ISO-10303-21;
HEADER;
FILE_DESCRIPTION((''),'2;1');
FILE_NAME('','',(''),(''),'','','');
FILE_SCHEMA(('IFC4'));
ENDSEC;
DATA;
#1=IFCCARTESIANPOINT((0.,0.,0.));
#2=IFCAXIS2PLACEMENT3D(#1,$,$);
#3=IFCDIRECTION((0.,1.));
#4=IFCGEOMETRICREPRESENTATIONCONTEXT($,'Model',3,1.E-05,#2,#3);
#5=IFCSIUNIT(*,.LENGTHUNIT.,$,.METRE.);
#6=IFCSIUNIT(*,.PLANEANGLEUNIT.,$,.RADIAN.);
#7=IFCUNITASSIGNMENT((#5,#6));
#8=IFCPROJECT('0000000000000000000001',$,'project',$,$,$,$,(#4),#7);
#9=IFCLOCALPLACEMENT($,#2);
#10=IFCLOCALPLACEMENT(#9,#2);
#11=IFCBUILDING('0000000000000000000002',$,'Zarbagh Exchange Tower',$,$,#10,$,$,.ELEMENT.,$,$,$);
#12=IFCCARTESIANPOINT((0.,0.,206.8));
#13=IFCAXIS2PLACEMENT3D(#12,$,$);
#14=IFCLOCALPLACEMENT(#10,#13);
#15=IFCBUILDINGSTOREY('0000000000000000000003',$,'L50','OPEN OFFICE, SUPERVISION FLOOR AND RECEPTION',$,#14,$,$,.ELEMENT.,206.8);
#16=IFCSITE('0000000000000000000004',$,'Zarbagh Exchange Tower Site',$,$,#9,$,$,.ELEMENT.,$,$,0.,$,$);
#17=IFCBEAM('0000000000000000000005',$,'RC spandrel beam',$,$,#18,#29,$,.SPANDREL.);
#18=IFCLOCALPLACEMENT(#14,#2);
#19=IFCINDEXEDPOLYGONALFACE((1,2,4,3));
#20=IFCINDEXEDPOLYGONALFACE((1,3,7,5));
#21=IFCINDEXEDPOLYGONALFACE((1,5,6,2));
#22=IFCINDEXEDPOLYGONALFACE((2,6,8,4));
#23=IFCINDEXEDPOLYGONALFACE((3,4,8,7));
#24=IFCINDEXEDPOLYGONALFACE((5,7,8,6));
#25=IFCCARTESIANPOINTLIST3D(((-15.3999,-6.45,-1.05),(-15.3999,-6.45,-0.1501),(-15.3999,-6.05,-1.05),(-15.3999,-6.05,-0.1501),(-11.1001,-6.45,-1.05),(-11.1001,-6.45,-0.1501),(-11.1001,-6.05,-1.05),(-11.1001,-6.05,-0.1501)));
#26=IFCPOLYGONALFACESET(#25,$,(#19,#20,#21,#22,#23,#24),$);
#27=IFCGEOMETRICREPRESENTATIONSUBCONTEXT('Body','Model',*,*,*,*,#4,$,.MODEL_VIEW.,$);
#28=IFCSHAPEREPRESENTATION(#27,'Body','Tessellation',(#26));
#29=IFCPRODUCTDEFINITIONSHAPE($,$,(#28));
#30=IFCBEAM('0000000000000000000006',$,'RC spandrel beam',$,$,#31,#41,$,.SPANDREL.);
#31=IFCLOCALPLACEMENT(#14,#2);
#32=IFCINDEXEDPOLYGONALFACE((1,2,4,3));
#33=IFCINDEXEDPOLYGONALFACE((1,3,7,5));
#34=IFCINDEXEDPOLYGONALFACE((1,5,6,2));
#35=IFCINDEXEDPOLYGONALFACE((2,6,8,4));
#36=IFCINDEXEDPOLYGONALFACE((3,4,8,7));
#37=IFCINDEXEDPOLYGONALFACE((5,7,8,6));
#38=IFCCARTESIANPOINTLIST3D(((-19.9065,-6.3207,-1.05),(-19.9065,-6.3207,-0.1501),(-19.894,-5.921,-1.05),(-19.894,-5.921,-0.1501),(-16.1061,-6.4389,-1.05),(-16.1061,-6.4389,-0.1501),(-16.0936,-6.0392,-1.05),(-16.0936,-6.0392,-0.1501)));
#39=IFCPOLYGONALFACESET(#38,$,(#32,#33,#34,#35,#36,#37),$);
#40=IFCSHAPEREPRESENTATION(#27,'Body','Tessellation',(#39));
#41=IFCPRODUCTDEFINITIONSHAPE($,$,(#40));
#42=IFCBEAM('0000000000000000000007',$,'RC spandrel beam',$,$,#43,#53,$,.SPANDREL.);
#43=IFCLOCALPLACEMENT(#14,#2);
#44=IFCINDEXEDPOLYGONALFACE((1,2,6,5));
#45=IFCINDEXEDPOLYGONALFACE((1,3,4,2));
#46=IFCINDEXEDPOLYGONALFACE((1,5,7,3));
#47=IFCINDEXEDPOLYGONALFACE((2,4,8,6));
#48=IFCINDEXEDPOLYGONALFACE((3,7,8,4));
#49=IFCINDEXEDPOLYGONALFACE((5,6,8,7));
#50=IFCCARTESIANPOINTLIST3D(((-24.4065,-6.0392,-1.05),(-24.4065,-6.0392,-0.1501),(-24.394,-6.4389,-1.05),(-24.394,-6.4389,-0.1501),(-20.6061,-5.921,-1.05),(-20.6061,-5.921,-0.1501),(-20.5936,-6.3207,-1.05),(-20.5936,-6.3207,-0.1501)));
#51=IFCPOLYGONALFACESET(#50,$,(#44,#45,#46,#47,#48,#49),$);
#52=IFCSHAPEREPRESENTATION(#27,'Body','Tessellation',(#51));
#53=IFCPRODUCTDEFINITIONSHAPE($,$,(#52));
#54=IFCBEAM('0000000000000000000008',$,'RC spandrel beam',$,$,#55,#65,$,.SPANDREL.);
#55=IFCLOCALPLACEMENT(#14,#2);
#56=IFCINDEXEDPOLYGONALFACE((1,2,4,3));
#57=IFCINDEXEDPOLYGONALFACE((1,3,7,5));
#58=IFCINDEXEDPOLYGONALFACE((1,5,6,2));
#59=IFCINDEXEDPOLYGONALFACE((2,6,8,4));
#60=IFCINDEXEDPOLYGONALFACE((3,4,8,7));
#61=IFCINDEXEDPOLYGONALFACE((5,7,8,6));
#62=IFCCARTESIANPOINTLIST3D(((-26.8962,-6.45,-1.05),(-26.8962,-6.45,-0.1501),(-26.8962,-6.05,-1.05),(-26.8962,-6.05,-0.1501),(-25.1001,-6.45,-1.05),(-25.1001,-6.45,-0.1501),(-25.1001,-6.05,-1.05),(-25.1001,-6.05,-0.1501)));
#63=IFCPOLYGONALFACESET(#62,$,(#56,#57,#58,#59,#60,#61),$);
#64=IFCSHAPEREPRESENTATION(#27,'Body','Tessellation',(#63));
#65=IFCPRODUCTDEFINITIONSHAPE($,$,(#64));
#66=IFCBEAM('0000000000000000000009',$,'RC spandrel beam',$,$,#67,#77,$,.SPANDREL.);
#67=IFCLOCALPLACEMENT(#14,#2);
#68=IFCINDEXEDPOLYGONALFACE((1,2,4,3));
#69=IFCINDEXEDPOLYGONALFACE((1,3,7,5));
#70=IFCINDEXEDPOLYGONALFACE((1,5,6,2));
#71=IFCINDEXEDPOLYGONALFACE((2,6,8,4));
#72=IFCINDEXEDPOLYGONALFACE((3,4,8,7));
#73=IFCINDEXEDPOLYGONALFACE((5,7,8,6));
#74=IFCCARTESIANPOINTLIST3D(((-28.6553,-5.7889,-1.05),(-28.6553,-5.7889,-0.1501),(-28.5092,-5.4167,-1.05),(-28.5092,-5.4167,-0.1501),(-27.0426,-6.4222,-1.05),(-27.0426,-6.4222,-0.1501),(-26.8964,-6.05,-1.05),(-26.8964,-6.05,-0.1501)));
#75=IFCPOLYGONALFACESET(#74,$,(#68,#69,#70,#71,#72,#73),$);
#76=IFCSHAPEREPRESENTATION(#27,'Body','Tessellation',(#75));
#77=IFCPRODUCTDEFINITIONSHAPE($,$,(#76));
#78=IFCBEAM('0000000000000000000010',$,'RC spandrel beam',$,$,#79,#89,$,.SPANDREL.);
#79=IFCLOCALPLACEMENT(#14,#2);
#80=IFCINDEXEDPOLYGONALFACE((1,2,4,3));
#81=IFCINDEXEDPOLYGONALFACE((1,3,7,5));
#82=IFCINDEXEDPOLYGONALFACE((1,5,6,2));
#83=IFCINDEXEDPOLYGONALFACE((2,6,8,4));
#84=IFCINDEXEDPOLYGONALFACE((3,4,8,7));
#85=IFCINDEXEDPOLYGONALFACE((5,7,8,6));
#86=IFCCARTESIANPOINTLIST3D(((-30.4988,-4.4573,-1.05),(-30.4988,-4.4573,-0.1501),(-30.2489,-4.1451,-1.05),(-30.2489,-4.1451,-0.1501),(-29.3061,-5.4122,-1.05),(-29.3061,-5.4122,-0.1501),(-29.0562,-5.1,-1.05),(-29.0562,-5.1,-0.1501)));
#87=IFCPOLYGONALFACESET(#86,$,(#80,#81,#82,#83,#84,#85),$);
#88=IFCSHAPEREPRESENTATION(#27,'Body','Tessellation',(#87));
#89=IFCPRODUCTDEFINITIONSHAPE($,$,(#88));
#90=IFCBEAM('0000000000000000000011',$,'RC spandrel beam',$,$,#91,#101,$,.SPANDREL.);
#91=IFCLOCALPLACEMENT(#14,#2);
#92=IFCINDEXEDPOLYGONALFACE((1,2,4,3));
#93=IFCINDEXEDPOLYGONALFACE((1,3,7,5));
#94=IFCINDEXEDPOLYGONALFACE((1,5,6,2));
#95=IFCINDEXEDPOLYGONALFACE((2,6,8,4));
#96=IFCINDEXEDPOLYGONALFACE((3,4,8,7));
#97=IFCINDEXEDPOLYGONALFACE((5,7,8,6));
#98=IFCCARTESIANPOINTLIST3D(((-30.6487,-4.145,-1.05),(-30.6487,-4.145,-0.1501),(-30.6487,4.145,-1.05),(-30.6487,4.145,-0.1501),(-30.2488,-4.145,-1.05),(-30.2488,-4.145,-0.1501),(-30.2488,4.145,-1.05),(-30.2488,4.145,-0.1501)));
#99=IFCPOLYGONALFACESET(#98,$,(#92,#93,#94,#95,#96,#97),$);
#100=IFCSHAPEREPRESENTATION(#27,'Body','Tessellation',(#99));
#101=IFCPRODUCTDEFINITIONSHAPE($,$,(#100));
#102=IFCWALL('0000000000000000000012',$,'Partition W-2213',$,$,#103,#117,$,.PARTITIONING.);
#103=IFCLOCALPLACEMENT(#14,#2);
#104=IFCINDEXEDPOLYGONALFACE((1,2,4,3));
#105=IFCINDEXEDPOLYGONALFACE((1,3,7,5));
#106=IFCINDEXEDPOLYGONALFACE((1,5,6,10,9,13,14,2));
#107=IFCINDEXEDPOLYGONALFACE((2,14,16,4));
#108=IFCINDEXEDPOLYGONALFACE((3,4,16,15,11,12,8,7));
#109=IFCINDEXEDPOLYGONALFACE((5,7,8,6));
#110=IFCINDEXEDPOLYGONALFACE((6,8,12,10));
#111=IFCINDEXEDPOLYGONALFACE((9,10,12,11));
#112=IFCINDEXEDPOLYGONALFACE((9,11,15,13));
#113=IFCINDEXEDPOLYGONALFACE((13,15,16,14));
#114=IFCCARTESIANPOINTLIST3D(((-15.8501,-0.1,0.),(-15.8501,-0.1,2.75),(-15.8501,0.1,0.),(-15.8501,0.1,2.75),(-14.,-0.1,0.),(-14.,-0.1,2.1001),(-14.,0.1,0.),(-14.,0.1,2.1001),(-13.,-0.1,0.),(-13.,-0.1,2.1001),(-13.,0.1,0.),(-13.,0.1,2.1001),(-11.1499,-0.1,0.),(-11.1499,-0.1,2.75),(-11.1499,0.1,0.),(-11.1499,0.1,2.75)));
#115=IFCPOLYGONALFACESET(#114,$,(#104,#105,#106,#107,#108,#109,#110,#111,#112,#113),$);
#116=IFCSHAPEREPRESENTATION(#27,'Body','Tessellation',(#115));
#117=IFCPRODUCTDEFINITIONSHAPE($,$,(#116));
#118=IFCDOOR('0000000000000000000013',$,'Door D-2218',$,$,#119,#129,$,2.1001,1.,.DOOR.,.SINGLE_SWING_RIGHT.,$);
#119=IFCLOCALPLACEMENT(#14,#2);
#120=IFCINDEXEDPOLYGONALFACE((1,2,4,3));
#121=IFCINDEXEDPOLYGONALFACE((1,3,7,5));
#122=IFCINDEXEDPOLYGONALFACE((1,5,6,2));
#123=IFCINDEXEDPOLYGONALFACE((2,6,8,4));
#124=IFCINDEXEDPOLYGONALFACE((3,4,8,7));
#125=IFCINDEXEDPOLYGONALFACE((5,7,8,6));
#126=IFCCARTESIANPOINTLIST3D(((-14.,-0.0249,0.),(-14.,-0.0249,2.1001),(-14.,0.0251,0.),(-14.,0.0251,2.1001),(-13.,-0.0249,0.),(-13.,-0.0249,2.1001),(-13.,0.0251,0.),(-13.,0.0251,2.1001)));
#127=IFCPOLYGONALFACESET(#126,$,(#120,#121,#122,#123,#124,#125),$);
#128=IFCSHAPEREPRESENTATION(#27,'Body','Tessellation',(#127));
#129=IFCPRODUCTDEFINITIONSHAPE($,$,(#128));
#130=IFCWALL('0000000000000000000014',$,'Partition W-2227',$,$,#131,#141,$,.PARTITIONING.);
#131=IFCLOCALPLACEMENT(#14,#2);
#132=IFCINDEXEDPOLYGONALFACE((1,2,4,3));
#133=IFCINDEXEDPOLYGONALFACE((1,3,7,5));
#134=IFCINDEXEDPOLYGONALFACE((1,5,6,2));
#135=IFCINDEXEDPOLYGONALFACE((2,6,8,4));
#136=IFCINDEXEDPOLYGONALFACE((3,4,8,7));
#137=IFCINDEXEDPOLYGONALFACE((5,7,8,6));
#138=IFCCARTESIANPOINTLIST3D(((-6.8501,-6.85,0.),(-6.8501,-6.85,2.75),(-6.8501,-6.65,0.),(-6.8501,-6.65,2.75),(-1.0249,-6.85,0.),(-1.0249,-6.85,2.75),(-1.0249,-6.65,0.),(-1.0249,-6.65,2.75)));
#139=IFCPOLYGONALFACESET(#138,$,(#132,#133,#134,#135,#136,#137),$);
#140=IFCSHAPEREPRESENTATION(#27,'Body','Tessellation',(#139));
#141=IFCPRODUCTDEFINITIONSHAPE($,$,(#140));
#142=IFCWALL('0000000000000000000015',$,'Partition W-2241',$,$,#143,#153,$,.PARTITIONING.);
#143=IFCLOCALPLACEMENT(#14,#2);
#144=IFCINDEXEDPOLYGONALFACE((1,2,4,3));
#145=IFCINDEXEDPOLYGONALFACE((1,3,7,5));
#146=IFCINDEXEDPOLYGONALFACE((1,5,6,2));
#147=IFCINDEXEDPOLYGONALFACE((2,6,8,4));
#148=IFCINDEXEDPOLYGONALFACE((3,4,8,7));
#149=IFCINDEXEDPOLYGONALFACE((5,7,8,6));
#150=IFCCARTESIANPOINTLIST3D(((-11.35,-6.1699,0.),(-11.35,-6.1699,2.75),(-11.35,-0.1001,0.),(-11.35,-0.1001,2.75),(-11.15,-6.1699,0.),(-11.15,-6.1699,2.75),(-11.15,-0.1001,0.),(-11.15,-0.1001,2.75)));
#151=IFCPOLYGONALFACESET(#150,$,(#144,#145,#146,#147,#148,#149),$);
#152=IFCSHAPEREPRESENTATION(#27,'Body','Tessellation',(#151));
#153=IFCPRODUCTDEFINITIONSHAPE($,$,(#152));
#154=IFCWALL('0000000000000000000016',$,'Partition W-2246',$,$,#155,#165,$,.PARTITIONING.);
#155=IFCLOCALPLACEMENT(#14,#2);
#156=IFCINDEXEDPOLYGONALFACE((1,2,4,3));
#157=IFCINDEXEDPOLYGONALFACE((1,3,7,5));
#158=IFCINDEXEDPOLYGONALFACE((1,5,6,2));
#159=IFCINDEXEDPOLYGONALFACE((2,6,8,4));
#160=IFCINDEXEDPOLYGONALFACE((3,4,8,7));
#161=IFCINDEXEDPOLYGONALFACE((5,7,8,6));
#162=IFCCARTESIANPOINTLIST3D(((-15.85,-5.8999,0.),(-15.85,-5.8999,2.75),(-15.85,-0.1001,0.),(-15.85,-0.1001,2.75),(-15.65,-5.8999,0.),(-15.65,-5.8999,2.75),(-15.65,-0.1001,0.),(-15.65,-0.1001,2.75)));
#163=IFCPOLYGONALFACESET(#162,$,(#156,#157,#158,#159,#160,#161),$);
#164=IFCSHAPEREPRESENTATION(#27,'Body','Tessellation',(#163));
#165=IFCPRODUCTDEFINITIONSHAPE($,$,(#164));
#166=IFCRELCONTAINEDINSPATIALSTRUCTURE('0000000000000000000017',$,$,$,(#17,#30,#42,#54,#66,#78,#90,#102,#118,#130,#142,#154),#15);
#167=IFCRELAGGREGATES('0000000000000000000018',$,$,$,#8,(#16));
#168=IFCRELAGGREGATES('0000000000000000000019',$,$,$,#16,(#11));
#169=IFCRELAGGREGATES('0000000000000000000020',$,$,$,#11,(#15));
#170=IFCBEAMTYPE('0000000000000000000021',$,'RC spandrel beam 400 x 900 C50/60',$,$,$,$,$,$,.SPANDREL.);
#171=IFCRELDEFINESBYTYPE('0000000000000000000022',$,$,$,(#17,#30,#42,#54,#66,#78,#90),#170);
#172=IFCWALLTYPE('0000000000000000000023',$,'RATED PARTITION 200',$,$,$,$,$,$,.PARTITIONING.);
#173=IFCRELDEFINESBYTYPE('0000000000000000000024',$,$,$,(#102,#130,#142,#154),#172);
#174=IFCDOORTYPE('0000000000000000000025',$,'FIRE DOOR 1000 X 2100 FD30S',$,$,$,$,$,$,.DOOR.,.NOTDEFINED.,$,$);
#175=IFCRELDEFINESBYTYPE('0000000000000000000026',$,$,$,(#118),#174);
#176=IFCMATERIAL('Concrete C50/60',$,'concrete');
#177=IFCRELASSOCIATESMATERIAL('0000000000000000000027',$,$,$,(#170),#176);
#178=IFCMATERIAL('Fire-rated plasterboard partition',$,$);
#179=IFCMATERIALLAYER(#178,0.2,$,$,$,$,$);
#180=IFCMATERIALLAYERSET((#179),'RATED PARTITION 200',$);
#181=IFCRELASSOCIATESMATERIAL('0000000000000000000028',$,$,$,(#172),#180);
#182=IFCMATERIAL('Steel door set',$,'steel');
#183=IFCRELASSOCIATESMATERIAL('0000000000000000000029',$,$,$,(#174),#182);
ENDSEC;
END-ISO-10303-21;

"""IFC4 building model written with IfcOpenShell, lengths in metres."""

from ifc_helpers import new_model, si_unit, direction, frame, frame_2d, origin, origin_2d, place, context, subcontext, project, spatial, rectangle, extrude, material, layer, layer_set, material_profile, profile_set, type_object, element, fill, save


model = new_model("IFC4")

# Units and contexts
model_context = context("Model", 3, precision=1e-05, world=origin(), true_north=direction((0.0, 1.0)))
body_context = subcontext(model_context, "Body", "Model", "MODEL_VIEW")
ifc_project = project(units=[si_unit("LENGTHUNIT", "METRE"), si_unit("PLANEANGLEUNIT", "RADIAN")], contexts=[model_context])

# Site, building, storey
site_placement = place(None, origin())
site = spatial("IfcSite", under=ifc_project, at=site_placement, Name="Zarbagh Exchange Tower Site", CompositionType="ELEMENT", RefElevation=0.0)
building_placement = place(site_placement, origin())
building = spatial("IfcBuilding", under=site, at=building_placement, Name="Zarbagh Exchange Tower", CompositionType="ELEMENT")
storey_placement = place(building_placement, frame((0.0, 0.0, 206.8)))
storey = spatial("IfcBuildingStorey", under=building, at=storey_placement, Name="L50", Description="OPEN OFFICE, SUPERVISION FLOOR AND RECEPTION", CompositionType="ELEMENT", Elevation=206.8)

# Shared definitions
ifc_material_1 = material(Name="Concrete C50/60", Category="concrete")

# Beams
ifc_material_profile_1 = material_profile(ifc_material_1, rectangle(XDim=0.3999, YDim=0.8999, at=origin_2d()), Name="RC spandrel beam 400 x 900 C50/60")
ifc_profile_set_1 = profile_set([ifc_material_profile_1], Name="Concrete C50/60")
beam_type_1 = type_object("IfcBeamType", Name="RC spandrel beam 400 x 900 C50/60", PredefinedType="SPANDREL", material=ifc_profile_set_1)
beam_1_placement = place(storey_placement, frame((-11.1001, -6.25, -0.6001), z_axis=(-1.0, 0.0, 0.0), x_axis=(0.0, -1.0, 0.0)))
element("IfcBeam", 1, at=beam_1_placement, inside=storey, type_object=beam_type_1, Name="RC spandrel beam", PredefinedType="SPANDREL", context=body_context, shape_type="SweptSolid", body=[
    extrude(rectangle(XDim=0.3999, YDim=0.8999, at=origin_2d()), origin(), (0.0, 0.0, 1.0), 4.2998),
])
for number, where, z_axis, x_axis, name in (
    (2, (-16.0999, -6.239, -0.6001), (-0.999517, 0.031078, 0.0), (-0.031078, -0.999517, 0.0), "RC spandrel beam"),
    (3, (-20.5999, -6.1208, -0.6001), (-0.999517, -0.031078, 0.0), (0.031078, -0.999517, 0.0), "RC spandrel beam"),
):
    element("IfcBeam", number, at=place(storey_placement, frame(where, z_axis=z_axis, x_axis=x_axis)), inside=storey, type_object=beam_type_1, Name=name, PredefinedType="SPANDREL", context=body_context, shape_type="SweptSolid", body=[
        extrude(rectangle(XDim=0.3999, YDim=0.8999, at=origin_2d()), origin(), (0.0, 0.0, 1.0), 3.8022),
    ])
beam_2_placement = place(storey_placement, frame((-25.1001, -6.25, -0.6001), z_axis=(-1.0, 0.0, 0.0), x_axis=(0.0, -1.0, 0.0)))
element("IfcBeam", 4, at=beam_2_placement, inside=storey, type_object=beam_type_1, Name="RC spandrel beam", PredefinedType="SPANDREL", context=body_context, shape_type="SweptSolid", body=[
    extrude(rectangle(XDim=0.3999, YDim=0.8999, at=origin_2d()), origin(), (0.0, 0.0, 1.0), 1.7961),
])
beam_3_placement = place(storey_placement, frame((-26.9695, -6.2361, -0.6001), z_axis=(-0.93081, 0.365504, 0.0), x_axis=(-0.365504, -0.93081, 0.0)))
element("IfcBeam", 5, at=beam_3_placement, inside=storey, type_object=beam_type_1, Name="RC spandrel beam", PredefinedType="SPANDREL", context=body_context, shape_type="SweptSolid", body=[
    extrude(rectangle(XDim=0.3999, YDim=0.8999, at=origin_2d()), origin(), (0.0, 0.0, 1.0), 1.7327),
])
beam_4_placement = place(storey_placement, frame((-29.1812, -5.2561, -0.6001), z_axis=(-0.780635, 0.624987, 0.0), x_axis=(-0.624987, -0.780635, 0.0)))
element("IfcBeam", 6, at=beam_4_placement, inside=storey, type_object=beam_type_1, Name="RC spandrel beam", PredefinedType="SPANDREL", context=body_context, shape_type="SweptSolid", body=[
    extrude(rectangle(XDim=0.3999, YDim=0.8999, at=origin_2d()), origin(), (0.0, 0.0, 1.0), 1.5278),
])
beam_5_placement = place(storey_placement, frame((-30.4487, -4.145, -0.6001), z_axis=(0.0, 1.0, 0.0), x_axis=(-1.0, 0.0, 0.0)))
element("IfcBeam", 7, at=beam_5_placement, inside=storey, type_object=beam_type_1, Name="RC spandrel beam", PredefinedType="SPANDREL", context=body_context, shape_type="SweptSolid", body=[
    extrude(rectangle(XDim=0.3999, YDim=0.8999, at=origin_2d()), origin(), (0.0, 0.0, 1.0), 8.29),
])

# Wall, opening, door
ifc_material_2 = material(Name="Fire-rated plasterboard partition")
ifc_layer = layer(ifc_material_2, 0.2)
ifc_layer_set = layer_set([ifc_layer], Name="RATED PARTITION 200")
wall_type = type_object("IfcWallType", Name="RATED PARTITION 200", PredefinedType="PARTITIONING", material=ifc_layer_set)
wall_1_placement = place(storey_placement, frame((-11.1499, 0.0, 0.0), z_axis=(0.0, 0.0, 1.0), x_axis=(-1.0, 0.0, 0.0)))
wall_1 = element("IfcWall", 8, at=wall_1_placement, inside=storey, type_object=wall_type, Name="Partition W-2213", PredefinedType="PARTITIONING", context=body_context, shape_type="SweptSolid", body=[
    extrude(rectangle(XDim=4.7002, YDim=0.2, at=frame_2d((2.3501, 0.0))), origin(), (0.0, 0.0, 1.0), 2.75),
])
opening_placement = place(wall_1_placement, frame((1.8501, 0.0, 0.0)))
opening = element("IfcOpeningElement", 9, at=opening_placement, cuts=wall_1, PredefinedType="OPENING", context=body_context, shape_type="SweptSolid", body=[
    extrude(rectangle(XDim=1.0, YDim=2.1001, at=frame_2d((0.5, 1.05))), frame((0.0, 0.1099, 0.0), z_axis=(0.0, -1.0, 0.0), x_axis=(1.0, 0.0, 0.0)), (0.0, 0.0, 1.0), 0.22),
])
ifc_material_3 = material(Name="Steel door set", Category="steel")
door_type = type_object("IfcDoorType", Name="FIRE DOOR 1000 X 2100 FD30S", OperationType="NOTDEFINED", PredefinedType="DOOR", material=ifc_material_3)
door_placement = place(opening_placement, origin())
door = element("IfcDoor", 10, at=door_placement, inside=storey, type_object=door_type, Name="Door D-2218", OperationType="SINGLE_SWING_RIGHT", OverallHeight=2.1001, OverallWidth=1.0, PredefinedType="DOOR", context=body_context, shape_type="SweptSolid", body=[
    extrude(rectangle(XDim=1.0, YDim=2.1001, at=frame_2d((0.5, 1.05))), frame((0.0, 0.0249, 0.0), z_axis=(0.0, -1.0, 0.0), x_axis=(1.0, 0.0, 0.0)), (0.0, 0.0, 1.0), 0.05),
])
fill(opening, door)

# Walls
wall_2_placement = place(storey_placement, frame((-6.8501, -6.75, 0.0), z_axis=(0.0, 0.0, 1.0), x_axis=(1.0, 0.0, 0.0)))
element("IfcWall", 11, at=wall_2_placement, inside=storey, type_object=wall_type, Name="Partition W-2227", PredefinedType="PARTITIONING", context=body_context, shape_type="SweptSolid", body=[
    extrude(rectangle(XDim=5.8252, YDim=0.2, at=frame_2d((2.9126, 0.0))), origin(), (0.0, 0.0, 1.0), 2.75),
])
wall_3_placement = place(storey_placement, frame((-11.25, -6.1699, 0.0), z_axis=(0.0, 0.0, 1.0), x_axis=(0.0, 1.0, 0.0)))
element("IfcWall", 12, at=wall_3_placement, inside=storey, type_object=wall_type, Name="Partition W-2241", PredefinedType="PARTITIONING", context=body_context, shape_type="SweptSolid", body=[
    extrude(rectangle(XDim=6.0698, YDim=0.2, at=frame_2d((3.0349, 0.0))), origin(), (0.0, 0.0, 1.0), 2.75),
])
wall_4_placement = place(storey_placement, frame((-15.75, -5.8999, 0.0), z_axis=(0.0, 0.0, 1.0), x_axis=(0.0, 1.0, 0.0)))
element("IfcWall", 13, at=wall_4_placement, inside=storey, type_object=wall_type, Name="Partition W-2246", PredefinedType="PARTITIONING", context=body_context, shape_type="SweptSolid", body=[
    extrude(rectangle(XDim=5.7998, YDim=0.2, at=frame_2d((2.8999, 0.0))), origin(), (0.0, 0.0, 1.0), 2.75),
])

save(model, "model.ifc")
